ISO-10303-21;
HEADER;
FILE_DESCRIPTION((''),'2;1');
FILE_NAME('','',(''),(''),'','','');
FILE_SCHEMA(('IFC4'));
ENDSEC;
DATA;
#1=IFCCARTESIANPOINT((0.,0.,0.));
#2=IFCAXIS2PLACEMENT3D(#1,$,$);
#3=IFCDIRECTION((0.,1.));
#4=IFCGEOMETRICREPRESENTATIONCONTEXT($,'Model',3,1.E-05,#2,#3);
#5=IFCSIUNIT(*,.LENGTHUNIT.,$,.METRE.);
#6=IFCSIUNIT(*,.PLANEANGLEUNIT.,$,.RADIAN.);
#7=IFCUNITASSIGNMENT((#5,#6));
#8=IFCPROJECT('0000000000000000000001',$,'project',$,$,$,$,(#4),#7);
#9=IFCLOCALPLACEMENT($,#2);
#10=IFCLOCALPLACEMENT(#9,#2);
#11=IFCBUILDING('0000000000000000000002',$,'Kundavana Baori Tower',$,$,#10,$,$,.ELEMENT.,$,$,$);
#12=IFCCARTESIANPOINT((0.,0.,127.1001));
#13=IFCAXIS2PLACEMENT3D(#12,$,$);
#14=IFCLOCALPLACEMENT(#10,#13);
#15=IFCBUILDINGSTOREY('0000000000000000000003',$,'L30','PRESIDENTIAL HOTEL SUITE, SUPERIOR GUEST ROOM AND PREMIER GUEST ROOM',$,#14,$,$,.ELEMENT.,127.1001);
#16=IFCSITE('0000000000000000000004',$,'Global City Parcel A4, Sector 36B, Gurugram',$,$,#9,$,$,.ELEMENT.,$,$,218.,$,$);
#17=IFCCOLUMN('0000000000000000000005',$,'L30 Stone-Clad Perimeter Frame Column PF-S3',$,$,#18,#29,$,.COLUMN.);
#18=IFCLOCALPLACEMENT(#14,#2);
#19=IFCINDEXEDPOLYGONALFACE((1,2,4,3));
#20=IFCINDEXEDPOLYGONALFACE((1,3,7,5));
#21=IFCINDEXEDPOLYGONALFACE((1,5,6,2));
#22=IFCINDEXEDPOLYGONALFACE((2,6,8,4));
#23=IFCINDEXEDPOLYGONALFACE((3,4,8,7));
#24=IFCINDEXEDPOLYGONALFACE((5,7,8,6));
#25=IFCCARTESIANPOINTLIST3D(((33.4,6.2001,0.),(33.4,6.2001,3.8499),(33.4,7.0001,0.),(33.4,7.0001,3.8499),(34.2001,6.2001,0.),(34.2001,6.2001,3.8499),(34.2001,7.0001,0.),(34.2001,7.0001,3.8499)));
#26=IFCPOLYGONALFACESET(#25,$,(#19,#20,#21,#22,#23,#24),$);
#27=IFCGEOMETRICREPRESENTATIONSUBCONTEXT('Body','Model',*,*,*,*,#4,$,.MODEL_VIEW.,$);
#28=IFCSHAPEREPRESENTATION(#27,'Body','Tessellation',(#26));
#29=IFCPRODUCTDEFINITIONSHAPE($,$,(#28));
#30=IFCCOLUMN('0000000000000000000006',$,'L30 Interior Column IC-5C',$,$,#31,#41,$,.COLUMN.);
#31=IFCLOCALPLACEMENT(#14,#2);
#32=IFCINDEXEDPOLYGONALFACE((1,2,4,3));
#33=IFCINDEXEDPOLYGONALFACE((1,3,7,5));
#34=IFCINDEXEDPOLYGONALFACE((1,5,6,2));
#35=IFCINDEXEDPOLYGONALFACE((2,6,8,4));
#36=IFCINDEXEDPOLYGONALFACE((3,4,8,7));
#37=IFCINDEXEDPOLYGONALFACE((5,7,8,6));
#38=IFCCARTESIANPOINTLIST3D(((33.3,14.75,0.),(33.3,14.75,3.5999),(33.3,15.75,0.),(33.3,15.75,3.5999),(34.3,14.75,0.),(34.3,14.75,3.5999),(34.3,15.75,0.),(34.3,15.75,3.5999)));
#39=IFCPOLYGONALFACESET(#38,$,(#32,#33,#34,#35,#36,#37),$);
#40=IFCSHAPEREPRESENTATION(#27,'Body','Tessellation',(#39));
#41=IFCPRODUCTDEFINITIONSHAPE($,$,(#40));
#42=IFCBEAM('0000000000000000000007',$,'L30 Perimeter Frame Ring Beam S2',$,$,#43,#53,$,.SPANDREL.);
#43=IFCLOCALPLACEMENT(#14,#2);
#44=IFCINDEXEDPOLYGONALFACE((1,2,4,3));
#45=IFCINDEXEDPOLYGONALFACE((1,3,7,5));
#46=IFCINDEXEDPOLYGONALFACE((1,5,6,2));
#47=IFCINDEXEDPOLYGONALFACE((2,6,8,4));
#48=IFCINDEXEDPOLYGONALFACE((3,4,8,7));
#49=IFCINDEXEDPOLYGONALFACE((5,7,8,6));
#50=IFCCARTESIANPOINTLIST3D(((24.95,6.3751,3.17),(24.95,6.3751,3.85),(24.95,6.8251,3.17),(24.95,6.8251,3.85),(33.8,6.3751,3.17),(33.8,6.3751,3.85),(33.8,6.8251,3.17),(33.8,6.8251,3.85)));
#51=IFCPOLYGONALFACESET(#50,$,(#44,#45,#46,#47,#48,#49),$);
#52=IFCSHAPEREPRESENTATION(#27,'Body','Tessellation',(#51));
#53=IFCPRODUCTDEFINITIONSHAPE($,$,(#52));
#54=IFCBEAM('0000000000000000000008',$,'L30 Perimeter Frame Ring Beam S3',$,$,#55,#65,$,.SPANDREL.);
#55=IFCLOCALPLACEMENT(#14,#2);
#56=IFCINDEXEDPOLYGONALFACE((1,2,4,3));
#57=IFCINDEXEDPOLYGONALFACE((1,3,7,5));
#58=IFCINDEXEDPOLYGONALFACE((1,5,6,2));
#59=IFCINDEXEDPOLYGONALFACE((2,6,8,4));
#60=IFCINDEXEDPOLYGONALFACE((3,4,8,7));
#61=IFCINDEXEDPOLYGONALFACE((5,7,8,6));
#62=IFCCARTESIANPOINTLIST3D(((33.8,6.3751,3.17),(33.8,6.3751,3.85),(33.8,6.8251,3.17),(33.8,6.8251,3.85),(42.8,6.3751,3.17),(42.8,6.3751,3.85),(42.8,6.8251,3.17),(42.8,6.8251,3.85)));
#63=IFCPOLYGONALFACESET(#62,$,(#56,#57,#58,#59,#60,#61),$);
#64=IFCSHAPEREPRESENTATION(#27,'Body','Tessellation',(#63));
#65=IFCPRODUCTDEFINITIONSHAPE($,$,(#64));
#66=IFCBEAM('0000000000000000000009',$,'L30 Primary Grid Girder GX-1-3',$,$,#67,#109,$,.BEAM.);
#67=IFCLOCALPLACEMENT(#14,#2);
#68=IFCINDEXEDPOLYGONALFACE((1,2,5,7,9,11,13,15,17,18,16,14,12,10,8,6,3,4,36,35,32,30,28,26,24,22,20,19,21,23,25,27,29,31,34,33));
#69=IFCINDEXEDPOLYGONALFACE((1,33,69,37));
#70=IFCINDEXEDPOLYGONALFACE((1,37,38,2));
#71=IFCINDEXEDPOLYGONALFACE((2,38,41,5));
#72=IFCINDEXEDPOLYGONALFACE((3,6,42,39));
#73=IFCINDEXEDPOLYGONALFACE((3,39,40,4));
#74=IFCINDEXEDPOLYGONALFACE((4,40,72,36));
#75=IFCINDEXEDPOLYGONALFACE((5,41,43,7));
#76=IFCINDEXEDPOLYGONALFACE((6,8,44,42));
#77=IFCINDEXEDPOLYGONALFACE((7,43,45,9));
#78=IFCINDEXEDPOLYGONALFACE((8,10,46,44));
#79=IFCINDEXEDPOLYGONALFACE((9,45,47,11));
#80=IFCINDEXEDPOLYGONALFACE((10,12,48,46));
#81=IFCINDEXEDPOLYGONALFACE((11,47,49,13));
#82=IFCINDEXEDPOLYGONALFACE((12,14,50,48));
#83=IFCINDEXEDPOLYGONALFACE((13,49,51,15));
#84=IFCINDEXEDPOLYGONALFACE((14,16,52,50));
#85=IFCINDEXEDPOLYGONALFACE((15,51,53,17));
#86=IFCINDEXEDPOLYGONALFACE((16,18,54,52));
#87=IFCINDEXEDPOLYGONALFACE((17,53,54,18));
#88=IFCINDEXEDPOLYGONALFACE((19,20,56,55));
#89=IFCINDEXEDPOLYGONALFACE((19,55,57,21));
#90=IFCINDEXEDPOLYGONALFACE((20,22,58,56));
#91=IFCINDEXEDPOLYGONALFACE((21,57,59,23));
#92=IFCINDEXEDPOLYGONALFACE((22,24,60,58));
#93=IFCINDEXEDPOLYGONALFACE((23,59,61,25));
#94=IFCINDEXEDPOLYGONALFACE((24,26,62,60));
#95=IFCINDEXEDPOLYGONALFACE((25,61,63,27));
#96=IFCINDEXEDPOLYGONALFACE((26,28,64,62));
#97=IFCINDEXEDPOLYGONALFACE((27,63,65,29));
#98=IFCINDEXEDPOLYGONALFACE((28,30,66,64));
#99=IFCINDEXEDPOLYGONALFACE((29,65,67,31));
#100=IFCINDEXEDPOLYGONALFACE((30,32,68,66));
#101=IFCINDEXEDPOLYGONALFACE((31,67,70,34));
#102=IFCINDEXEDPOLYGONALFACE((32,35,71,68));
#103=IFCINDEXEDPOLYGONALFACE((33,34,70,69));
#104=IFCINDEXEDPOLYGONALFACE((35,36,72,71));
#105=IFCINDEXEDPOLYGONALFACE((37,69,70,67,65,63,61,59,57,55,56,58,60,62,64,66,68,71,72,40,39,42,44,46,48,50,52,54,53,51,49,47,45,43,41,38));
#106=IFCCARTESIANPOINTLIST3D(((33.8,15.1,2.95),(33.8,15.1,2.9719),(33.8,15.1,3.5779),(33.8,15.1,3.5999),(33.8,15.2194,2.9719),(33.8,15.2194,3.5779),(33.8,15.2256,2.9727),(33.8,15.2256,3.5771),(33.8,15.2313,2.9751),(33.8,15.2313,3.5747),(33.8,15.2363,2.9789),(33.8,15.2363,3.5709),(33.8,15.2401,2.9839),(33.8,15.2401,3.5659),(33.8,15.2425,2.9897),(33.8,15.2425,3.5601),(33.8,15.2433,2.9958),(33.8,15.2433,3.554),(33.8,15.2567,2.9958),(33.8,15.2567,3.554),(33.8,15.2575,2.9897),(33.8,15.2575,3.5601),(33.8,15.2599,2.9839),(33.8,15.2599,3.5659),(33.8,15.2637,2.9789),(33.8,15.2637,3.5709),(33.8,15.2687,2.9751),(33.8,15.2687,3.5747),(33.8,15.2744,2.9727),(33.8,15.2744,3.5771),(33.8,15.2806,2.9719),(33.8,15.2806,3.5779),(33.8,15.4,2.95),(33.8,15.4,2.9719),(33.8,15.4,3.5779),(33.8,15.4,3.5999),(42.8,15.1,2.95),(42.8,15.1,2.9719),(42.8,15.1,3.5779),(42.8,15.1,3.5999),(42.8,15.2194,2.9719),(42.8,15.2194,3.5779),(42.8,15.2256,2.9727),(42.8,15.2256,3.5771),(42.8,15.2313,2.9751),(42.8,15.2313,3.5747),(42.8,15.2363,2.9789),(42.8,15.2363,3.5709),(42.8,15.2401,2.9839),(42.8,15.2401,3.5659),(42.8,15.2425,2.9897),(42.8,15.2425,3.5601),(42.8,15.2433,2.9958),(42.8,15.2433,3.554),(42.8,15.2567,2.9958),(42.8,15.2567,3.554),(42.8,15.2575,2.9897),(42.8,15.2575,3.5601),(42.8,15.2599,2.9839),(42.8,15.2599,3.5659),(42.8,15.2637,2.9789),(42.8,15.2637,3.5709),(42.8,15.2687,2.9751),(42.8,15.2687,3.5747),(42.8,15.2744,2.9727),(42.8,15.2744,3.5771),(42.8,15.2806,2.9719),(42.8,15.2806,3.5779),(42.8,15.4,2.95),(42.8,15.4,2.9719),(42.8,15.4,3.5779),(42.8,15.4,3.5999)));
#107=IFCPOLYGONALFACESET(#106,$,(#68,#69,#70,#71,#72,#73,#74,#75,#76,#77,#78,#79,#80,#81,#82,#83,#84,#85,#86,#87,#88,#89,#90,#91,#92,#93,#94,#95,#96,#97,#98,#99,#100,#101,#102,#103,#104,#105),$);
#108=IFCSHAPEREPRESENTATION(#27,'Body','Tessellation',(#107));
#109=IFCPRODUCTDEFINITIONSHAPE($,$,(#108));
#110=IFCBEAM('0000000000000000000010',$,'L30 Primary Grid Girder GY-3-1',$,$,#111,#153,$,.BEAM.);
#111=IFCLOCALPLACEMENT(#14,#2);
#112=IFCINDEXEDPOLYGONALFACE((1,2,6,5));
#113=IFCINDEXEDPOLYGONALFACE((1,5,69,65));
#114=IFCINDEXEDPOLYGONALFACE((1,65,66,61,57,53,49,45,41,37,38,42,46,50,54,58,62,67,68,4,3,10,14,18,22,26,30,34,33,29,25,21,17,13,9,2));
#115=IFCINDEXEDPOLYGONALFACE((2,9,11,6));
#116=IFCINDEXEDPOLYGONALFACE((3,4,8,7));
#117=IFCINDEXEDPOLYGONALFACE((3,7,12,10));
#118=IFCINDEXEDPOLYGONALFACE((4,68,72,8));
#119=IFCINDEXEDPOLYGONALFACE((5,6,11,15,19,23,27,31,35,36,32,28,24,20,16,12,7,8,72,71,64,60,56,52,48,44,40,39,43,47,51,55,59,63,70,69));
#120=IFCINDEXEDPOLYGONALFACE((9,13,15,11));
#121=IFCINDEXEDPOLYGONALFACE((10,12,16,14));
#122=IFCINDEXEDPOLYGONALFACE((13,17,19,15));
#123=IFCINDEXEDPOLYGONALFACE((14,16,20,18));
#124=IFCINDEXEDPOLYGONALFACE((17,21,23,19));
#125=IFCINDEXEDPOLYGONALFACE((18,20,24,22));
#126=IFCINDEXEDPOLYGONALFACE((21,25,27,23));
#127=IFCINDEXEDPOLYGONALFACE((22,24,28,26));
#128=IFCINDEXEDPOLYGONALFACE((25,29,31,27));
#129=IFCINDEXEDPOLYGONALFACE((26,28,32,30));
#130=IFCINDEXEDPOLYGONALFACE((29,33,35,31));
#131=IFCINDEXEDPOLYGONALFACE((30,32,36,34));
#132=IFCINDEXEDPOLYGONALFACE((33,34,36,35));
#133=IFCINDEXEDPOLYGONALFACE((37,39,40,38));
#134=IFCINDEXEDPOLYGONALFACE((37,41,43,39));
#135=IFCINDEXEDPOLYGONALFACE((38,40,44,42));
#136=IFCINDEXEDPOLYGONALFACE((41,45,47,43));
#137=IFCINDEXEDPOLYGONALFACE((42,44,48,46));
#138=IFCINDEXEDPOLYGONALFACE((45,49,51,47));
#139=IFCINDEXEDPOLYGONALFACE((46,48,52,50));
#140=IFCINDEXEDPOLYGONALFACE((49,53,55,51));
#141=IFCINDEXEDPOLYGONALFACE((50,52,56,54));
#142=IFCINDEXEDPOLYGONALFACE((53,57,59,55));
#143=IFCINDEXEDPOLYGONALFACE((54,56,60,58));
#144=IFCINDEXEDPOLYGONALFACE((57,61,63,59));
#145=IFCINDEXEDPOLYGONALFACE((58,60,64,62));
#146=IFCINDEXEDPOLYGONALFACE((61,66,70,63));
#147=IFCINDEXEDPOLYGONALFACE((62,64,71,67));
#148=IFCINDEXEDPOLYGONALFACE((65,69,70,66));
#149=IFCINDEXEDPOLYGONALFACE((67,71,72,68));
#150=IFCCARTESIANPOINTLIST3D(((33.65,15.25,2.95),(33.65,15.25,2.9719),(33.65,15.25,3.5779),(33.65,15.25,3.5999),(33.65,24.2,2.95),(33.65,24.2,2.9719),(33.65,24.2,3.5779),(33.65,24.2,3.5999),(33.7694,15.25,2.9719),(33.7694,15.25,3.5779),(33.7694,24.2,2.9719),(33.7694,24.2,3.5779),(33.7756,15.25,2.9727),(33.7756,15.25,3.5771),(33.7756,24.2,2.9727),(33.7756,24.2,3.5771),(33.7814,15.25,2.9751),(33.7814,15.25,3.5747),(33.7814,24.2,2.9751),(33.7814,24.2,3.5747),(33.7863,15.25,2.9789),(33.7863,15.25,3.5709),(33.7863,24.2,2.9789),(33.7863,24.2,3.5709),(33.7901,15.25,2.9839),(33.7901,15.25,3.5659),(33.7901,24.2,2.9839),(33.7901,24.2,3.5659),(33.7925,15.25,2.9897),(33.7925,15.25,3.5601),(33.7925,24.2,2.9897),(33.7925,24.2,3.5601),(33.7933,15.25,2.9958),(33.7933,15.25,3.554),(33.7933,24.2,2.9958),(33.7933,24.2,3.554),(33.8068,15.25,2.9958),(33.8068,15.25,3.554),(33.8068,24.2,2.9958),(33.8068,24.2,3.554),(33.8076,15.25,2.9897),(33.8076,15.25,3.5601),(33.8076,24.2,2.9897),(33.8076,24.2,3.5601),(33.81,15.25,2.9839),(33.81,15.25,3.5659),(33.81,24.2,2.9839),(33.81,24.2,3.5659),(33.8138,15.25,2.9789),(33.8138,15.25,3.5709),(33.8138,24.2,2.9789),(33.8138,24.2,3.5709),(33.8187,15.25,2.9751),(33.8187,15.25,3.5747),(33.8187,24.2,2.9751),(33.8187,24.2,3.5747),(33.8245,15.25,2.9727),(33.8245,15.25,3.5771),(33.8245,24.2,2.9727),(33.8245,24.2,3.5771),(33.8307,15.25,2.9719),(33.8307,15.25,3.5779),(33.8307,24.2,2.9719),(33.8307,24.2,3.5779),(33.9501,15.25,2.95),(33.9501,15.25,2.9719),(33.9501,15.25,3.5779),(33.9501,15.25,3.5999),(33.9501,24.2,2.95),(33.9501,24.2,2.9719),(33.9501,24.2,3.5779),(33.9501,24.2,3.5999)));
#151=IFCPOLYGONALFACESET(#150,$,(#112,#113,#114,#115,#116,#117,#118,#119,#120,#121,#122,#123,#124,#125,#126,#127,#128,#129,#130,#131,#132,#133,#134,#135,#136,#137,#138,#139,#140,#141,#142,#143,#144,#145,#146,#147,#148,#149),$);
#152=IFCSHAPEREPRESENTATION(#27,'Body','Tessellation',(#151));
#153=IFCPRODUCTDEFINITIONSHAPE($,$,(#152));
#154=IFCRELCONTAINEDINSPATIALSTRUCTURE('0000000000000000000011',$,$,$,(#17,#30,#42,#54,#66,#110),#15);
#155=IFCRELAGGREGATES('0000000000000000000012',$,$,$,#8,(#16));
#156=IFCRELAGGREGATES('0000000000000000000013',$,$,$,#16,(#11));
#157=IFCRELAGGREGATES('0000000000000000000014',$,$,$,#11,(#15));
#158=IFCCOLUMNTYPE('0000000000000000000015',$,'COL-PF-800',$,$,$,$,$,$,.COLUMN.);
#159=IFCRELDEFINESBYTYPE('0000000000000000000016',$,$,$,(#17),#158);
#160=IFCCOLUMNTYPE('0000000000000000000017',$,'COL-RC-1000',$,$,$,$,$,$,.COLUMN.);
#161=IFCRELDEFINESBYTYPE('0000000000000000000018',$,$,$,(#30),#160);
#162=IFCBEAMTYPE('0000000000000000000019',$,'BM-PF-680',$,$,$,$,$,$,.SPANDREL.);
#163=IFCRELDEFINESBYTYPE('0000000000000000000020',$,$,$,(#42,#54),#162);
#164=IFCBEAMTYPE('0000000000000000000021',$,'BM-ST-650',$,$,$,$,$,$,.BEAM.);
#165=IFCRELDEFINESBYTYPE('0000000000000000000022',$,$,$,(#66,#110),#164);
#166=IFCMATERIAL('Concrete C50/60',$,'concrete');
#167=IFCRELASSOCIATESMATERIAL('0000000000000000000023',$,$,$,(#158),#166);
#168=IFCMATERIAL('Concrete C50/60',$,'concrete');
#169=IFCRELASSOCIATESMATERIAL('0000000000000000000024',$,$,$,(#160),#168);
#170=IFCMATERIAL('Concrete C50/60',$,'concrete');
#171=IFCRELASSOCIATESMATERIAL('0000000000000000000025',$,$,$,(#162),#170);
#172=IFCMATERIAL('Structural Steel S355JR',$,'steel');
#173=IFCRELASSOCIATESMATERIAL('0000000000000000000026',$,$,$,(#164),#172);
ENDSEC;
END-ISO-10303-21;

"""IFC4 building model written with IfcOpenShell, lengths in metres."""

from ifc_helpers import new_model, si_unit, direction, frame, origin, origin_2d, place, context, subcontext, project, spatial, rectangle, i_section, extrude, material, material_profile, profile_set, type_object, element, save


model = new_model("IFC4")

# Units and contexts
model_context = context("Model", 3, precision=1e-05, world=origin(), true_north=direction((0.0, 1.0)))
body_context = subcontext(model_context, "Body", "Model", "MODEL_VIEW")
ifc_project = project(units=[si_unit("LENGTHUNIT", "METRE"), si_unit("PLANEANGLEUNIT", "RADIAN")], contexts=[model_context])

# Site, building, storey
site_placement = place(None, origin())
site = spatial("IfcSite", under=ifc_project, at=site_placement, Name="Global City Parcel A4, Sector 36B, Gurugram", CompositionType="ELEMENT", RefElevation=218.0)
building_placement = place(site_placement, origin())
building = spatial("IfcBuilding", under=site, at=building_placement, Name="Kundavana Baori Tower", CompositionType="ELEMENT")
storey_placement = place(building_placement, frame((0.0, 0.0, 127.1001)))
storey = spatial("IfcBuildingStorey", under=building, at=storey_placement, Name="L30", Description="PRESIDENTIAL HOTEL SUITE, SUPERIOR GUEST ROOM AND PREMIER GUEST ROOM", CompositionType="ELEMENT", Elevation=127.1001)

# Columns
ifc_material_1 = material(Name="Concrete C50/60", Category="concrete")
ifc_material_profile_1 = material_profile(ifc_material_1, rectangle(XDim=0.8, YDim=0.8, at=origin_2d()), Name="RC PF 800x800")
ifc_profile_set_1 = profile_set([ifc_material_profile_1], Name="Concrete C50/60")
column_type_1 = type_object("IfcColumnType", Name="COL-PF-800", PredefinedType="COLUMN", material=ifc_profile_set_1)
column_1_placement = place(storey_placement, frame((33.8, 6.6001, 0.0), z_axis=(0.0, 0.0, 1.0), x_axis=(1.0, 0.0, 0.0)))
element("IfcColumn", 1, at=column_1_placement, inside=storey, type_object=column_type_1, Name="L30 Stone-Clad Perimeter Frame Column PF-S3", PredefinedType="COLUMN", context=body_context, shape_type="SweptSolid", body=[
    extrude(rectangle(XDim=0.8, YDim=0.8, at=origin_2d()), origin(), (0.0, 0.0, 1.0), 3.8499),
])
ifc_material_2 = material(Name="Concrete C50/60", Category="concrete")
ifc_material_profile_2 = material_profile(ifc_material_2, rectangle(XDim=1.0, YDim=1.0, at=origin_2d()), Name="RC 1000x1000")
ifc_profile_set_2 = profile_set([ifc_material_profile_2], Name="Concrete C50/60")
column_type_2 = type_object("IfcColumnType", Name="COL-RC-1000", PredefinedType="COLUMN", material=ifc_profile_set_2)
column_2_placement = place(storey_placement, frame((33.8, 15.25, 0.0), z_axis=(0.0, 0.0, 1.0), x_axis=(1.0, 0.0, 0.0)))
element("IfcColumn", 2, at=column_2_placement, inside=storey, type_object=column_type_2, Name="L30 Interior Column IC-5C", PredefinedType="COLUMN", context=body_context, shape_type="SweptSolid", body=[
    extrude(rectangle(XDim=1.0, YDim=1.0, at=origin_2d()), origin(), (0.0, 0.0, 1.0), 3.5999),
])

# Beams
ifc_material_3 = material(Name="Concrete C50/60", Category="concrete")
ifc_material_profile_3 = material_profile(ifc_material_3, rectangle(XDim=0.45, YDim=0.6799, at=origin_2d()), Name="RC BM 450x680")
ifc_profile_set_3 = profile_set([ifc_material_profile_3], Name="Concrete C50/60")
beam_type_1 = type_object("IfcBeamType", Name="BM-PF-680", PredefinedType="SPANDREL", material=ifc_profile_set_3)
beam_1_placement = place(storey_placement, frame((24.95, 6.6001, 3.51), z_axis=(1.0, 0.0, 0.0), x_axis=(0.0, 1.0, 0.0)))
element("IfcBeam", 3, at=beam_1_placement, inside=storey, type_object=beam_type_1, Name="L30 Perimeter Frame Ring Beam S2", PredefinedType="SPANDREL", context=body_context, shape_type="SweptSolid", body=[
    extrude(rectangle(XDim=0.45, YDim=0.6799, at=origin_2d()), origin(), (0.0, 0.0, 1.0), 8.8501),
])
beam_2_placement = place(storey_placement, frame((33.8, 6.6001, 3.51), z_axis=(1.0, 0.0, 0.0), x_axis=(0.0, 1.0, 0.0)))
element("IfcBeam", 4, at=beam_2_placement, inside=storey, type_object=beam_type_1, Name="L30 Perimeter Frame Ring Beam S3", PredefinedType="SPANDREL", context=body_context, shape_type="SweptSolid", body=[
    extrude(rectangle(XDim=0.45, YDim=0.6799, at=origin_2d()), origin(), (0.0, 0.0, 1.0), 9.0),
])
ifc_material_4 = material(Name="Structural Steel S355JR", Category="steel")
ifc_material_profile_4 = material_profile(ifc_material_4, i_section(OverallWidth=0.3, OverallDepth=0.6499, WebThickness=0.0134, FlangeThickness=0.022, FilletRadius=0.0239, at=origin_2d()), Name="NPB 650x300x155")
ifc_profile_set_4 = profile_set([ifc_material_profile_4], Name="Structural Steel S355JR")
beam_type_2 = type_object("IfcBeamType", Name="BM-ST-650", PredefinedType="BEAM", material=ifc_profile_set_4)
beam_3_placement = place(storey_placement, frame((33.8, 15.25, 3.2749), z_axis=(1.0, 0.0, 0.0), x_axis=(0.0, 1.0, 0.0)))
element("IfcBeam", 5, at=beam_3_placement, inside=storey, type_object=beam_type_2, Name="L30 Primary Grid Girder GX-1-3", PredefinedType="BEAM", context=body_context, shape_type="SweptSolid", body=[
    extrude(i_section(OverallWidth=0.3, OverallDepth=0.6499, WebThickness=0.0134, FlangeThickness=0.022, FilletRadius=0.0239, at=origin_2d()), origin(), (0.0, 0.0, 1.0), 9.0),
])
beam_4_placement = place(storey_placement, frame((33.8, 15.25, 3.2749), z_axis=(0.0, 1.0, 0.0), x_axis=(-1.0, 0.0, 0.0)))
element("IfcBeam", 6, at=beam_4_placement, inside=storey, type_object=beam_type_2, Name="L30 Primary Grid Girder GY-3-1", PredefinedType="BEAM", context=body_context, shape_type="SweptSolid", body=[
    extrude(i_section(OverallWidth=0.3, OverallDepth=0.6499, WebThickness=0.0134, FlangeThickness=0.022, FilletRadius=0.0239, at=origin_2d()), origin(), (0.0, 0.0, 1.0), 8.95),
])

save(model, "model.ifc")
